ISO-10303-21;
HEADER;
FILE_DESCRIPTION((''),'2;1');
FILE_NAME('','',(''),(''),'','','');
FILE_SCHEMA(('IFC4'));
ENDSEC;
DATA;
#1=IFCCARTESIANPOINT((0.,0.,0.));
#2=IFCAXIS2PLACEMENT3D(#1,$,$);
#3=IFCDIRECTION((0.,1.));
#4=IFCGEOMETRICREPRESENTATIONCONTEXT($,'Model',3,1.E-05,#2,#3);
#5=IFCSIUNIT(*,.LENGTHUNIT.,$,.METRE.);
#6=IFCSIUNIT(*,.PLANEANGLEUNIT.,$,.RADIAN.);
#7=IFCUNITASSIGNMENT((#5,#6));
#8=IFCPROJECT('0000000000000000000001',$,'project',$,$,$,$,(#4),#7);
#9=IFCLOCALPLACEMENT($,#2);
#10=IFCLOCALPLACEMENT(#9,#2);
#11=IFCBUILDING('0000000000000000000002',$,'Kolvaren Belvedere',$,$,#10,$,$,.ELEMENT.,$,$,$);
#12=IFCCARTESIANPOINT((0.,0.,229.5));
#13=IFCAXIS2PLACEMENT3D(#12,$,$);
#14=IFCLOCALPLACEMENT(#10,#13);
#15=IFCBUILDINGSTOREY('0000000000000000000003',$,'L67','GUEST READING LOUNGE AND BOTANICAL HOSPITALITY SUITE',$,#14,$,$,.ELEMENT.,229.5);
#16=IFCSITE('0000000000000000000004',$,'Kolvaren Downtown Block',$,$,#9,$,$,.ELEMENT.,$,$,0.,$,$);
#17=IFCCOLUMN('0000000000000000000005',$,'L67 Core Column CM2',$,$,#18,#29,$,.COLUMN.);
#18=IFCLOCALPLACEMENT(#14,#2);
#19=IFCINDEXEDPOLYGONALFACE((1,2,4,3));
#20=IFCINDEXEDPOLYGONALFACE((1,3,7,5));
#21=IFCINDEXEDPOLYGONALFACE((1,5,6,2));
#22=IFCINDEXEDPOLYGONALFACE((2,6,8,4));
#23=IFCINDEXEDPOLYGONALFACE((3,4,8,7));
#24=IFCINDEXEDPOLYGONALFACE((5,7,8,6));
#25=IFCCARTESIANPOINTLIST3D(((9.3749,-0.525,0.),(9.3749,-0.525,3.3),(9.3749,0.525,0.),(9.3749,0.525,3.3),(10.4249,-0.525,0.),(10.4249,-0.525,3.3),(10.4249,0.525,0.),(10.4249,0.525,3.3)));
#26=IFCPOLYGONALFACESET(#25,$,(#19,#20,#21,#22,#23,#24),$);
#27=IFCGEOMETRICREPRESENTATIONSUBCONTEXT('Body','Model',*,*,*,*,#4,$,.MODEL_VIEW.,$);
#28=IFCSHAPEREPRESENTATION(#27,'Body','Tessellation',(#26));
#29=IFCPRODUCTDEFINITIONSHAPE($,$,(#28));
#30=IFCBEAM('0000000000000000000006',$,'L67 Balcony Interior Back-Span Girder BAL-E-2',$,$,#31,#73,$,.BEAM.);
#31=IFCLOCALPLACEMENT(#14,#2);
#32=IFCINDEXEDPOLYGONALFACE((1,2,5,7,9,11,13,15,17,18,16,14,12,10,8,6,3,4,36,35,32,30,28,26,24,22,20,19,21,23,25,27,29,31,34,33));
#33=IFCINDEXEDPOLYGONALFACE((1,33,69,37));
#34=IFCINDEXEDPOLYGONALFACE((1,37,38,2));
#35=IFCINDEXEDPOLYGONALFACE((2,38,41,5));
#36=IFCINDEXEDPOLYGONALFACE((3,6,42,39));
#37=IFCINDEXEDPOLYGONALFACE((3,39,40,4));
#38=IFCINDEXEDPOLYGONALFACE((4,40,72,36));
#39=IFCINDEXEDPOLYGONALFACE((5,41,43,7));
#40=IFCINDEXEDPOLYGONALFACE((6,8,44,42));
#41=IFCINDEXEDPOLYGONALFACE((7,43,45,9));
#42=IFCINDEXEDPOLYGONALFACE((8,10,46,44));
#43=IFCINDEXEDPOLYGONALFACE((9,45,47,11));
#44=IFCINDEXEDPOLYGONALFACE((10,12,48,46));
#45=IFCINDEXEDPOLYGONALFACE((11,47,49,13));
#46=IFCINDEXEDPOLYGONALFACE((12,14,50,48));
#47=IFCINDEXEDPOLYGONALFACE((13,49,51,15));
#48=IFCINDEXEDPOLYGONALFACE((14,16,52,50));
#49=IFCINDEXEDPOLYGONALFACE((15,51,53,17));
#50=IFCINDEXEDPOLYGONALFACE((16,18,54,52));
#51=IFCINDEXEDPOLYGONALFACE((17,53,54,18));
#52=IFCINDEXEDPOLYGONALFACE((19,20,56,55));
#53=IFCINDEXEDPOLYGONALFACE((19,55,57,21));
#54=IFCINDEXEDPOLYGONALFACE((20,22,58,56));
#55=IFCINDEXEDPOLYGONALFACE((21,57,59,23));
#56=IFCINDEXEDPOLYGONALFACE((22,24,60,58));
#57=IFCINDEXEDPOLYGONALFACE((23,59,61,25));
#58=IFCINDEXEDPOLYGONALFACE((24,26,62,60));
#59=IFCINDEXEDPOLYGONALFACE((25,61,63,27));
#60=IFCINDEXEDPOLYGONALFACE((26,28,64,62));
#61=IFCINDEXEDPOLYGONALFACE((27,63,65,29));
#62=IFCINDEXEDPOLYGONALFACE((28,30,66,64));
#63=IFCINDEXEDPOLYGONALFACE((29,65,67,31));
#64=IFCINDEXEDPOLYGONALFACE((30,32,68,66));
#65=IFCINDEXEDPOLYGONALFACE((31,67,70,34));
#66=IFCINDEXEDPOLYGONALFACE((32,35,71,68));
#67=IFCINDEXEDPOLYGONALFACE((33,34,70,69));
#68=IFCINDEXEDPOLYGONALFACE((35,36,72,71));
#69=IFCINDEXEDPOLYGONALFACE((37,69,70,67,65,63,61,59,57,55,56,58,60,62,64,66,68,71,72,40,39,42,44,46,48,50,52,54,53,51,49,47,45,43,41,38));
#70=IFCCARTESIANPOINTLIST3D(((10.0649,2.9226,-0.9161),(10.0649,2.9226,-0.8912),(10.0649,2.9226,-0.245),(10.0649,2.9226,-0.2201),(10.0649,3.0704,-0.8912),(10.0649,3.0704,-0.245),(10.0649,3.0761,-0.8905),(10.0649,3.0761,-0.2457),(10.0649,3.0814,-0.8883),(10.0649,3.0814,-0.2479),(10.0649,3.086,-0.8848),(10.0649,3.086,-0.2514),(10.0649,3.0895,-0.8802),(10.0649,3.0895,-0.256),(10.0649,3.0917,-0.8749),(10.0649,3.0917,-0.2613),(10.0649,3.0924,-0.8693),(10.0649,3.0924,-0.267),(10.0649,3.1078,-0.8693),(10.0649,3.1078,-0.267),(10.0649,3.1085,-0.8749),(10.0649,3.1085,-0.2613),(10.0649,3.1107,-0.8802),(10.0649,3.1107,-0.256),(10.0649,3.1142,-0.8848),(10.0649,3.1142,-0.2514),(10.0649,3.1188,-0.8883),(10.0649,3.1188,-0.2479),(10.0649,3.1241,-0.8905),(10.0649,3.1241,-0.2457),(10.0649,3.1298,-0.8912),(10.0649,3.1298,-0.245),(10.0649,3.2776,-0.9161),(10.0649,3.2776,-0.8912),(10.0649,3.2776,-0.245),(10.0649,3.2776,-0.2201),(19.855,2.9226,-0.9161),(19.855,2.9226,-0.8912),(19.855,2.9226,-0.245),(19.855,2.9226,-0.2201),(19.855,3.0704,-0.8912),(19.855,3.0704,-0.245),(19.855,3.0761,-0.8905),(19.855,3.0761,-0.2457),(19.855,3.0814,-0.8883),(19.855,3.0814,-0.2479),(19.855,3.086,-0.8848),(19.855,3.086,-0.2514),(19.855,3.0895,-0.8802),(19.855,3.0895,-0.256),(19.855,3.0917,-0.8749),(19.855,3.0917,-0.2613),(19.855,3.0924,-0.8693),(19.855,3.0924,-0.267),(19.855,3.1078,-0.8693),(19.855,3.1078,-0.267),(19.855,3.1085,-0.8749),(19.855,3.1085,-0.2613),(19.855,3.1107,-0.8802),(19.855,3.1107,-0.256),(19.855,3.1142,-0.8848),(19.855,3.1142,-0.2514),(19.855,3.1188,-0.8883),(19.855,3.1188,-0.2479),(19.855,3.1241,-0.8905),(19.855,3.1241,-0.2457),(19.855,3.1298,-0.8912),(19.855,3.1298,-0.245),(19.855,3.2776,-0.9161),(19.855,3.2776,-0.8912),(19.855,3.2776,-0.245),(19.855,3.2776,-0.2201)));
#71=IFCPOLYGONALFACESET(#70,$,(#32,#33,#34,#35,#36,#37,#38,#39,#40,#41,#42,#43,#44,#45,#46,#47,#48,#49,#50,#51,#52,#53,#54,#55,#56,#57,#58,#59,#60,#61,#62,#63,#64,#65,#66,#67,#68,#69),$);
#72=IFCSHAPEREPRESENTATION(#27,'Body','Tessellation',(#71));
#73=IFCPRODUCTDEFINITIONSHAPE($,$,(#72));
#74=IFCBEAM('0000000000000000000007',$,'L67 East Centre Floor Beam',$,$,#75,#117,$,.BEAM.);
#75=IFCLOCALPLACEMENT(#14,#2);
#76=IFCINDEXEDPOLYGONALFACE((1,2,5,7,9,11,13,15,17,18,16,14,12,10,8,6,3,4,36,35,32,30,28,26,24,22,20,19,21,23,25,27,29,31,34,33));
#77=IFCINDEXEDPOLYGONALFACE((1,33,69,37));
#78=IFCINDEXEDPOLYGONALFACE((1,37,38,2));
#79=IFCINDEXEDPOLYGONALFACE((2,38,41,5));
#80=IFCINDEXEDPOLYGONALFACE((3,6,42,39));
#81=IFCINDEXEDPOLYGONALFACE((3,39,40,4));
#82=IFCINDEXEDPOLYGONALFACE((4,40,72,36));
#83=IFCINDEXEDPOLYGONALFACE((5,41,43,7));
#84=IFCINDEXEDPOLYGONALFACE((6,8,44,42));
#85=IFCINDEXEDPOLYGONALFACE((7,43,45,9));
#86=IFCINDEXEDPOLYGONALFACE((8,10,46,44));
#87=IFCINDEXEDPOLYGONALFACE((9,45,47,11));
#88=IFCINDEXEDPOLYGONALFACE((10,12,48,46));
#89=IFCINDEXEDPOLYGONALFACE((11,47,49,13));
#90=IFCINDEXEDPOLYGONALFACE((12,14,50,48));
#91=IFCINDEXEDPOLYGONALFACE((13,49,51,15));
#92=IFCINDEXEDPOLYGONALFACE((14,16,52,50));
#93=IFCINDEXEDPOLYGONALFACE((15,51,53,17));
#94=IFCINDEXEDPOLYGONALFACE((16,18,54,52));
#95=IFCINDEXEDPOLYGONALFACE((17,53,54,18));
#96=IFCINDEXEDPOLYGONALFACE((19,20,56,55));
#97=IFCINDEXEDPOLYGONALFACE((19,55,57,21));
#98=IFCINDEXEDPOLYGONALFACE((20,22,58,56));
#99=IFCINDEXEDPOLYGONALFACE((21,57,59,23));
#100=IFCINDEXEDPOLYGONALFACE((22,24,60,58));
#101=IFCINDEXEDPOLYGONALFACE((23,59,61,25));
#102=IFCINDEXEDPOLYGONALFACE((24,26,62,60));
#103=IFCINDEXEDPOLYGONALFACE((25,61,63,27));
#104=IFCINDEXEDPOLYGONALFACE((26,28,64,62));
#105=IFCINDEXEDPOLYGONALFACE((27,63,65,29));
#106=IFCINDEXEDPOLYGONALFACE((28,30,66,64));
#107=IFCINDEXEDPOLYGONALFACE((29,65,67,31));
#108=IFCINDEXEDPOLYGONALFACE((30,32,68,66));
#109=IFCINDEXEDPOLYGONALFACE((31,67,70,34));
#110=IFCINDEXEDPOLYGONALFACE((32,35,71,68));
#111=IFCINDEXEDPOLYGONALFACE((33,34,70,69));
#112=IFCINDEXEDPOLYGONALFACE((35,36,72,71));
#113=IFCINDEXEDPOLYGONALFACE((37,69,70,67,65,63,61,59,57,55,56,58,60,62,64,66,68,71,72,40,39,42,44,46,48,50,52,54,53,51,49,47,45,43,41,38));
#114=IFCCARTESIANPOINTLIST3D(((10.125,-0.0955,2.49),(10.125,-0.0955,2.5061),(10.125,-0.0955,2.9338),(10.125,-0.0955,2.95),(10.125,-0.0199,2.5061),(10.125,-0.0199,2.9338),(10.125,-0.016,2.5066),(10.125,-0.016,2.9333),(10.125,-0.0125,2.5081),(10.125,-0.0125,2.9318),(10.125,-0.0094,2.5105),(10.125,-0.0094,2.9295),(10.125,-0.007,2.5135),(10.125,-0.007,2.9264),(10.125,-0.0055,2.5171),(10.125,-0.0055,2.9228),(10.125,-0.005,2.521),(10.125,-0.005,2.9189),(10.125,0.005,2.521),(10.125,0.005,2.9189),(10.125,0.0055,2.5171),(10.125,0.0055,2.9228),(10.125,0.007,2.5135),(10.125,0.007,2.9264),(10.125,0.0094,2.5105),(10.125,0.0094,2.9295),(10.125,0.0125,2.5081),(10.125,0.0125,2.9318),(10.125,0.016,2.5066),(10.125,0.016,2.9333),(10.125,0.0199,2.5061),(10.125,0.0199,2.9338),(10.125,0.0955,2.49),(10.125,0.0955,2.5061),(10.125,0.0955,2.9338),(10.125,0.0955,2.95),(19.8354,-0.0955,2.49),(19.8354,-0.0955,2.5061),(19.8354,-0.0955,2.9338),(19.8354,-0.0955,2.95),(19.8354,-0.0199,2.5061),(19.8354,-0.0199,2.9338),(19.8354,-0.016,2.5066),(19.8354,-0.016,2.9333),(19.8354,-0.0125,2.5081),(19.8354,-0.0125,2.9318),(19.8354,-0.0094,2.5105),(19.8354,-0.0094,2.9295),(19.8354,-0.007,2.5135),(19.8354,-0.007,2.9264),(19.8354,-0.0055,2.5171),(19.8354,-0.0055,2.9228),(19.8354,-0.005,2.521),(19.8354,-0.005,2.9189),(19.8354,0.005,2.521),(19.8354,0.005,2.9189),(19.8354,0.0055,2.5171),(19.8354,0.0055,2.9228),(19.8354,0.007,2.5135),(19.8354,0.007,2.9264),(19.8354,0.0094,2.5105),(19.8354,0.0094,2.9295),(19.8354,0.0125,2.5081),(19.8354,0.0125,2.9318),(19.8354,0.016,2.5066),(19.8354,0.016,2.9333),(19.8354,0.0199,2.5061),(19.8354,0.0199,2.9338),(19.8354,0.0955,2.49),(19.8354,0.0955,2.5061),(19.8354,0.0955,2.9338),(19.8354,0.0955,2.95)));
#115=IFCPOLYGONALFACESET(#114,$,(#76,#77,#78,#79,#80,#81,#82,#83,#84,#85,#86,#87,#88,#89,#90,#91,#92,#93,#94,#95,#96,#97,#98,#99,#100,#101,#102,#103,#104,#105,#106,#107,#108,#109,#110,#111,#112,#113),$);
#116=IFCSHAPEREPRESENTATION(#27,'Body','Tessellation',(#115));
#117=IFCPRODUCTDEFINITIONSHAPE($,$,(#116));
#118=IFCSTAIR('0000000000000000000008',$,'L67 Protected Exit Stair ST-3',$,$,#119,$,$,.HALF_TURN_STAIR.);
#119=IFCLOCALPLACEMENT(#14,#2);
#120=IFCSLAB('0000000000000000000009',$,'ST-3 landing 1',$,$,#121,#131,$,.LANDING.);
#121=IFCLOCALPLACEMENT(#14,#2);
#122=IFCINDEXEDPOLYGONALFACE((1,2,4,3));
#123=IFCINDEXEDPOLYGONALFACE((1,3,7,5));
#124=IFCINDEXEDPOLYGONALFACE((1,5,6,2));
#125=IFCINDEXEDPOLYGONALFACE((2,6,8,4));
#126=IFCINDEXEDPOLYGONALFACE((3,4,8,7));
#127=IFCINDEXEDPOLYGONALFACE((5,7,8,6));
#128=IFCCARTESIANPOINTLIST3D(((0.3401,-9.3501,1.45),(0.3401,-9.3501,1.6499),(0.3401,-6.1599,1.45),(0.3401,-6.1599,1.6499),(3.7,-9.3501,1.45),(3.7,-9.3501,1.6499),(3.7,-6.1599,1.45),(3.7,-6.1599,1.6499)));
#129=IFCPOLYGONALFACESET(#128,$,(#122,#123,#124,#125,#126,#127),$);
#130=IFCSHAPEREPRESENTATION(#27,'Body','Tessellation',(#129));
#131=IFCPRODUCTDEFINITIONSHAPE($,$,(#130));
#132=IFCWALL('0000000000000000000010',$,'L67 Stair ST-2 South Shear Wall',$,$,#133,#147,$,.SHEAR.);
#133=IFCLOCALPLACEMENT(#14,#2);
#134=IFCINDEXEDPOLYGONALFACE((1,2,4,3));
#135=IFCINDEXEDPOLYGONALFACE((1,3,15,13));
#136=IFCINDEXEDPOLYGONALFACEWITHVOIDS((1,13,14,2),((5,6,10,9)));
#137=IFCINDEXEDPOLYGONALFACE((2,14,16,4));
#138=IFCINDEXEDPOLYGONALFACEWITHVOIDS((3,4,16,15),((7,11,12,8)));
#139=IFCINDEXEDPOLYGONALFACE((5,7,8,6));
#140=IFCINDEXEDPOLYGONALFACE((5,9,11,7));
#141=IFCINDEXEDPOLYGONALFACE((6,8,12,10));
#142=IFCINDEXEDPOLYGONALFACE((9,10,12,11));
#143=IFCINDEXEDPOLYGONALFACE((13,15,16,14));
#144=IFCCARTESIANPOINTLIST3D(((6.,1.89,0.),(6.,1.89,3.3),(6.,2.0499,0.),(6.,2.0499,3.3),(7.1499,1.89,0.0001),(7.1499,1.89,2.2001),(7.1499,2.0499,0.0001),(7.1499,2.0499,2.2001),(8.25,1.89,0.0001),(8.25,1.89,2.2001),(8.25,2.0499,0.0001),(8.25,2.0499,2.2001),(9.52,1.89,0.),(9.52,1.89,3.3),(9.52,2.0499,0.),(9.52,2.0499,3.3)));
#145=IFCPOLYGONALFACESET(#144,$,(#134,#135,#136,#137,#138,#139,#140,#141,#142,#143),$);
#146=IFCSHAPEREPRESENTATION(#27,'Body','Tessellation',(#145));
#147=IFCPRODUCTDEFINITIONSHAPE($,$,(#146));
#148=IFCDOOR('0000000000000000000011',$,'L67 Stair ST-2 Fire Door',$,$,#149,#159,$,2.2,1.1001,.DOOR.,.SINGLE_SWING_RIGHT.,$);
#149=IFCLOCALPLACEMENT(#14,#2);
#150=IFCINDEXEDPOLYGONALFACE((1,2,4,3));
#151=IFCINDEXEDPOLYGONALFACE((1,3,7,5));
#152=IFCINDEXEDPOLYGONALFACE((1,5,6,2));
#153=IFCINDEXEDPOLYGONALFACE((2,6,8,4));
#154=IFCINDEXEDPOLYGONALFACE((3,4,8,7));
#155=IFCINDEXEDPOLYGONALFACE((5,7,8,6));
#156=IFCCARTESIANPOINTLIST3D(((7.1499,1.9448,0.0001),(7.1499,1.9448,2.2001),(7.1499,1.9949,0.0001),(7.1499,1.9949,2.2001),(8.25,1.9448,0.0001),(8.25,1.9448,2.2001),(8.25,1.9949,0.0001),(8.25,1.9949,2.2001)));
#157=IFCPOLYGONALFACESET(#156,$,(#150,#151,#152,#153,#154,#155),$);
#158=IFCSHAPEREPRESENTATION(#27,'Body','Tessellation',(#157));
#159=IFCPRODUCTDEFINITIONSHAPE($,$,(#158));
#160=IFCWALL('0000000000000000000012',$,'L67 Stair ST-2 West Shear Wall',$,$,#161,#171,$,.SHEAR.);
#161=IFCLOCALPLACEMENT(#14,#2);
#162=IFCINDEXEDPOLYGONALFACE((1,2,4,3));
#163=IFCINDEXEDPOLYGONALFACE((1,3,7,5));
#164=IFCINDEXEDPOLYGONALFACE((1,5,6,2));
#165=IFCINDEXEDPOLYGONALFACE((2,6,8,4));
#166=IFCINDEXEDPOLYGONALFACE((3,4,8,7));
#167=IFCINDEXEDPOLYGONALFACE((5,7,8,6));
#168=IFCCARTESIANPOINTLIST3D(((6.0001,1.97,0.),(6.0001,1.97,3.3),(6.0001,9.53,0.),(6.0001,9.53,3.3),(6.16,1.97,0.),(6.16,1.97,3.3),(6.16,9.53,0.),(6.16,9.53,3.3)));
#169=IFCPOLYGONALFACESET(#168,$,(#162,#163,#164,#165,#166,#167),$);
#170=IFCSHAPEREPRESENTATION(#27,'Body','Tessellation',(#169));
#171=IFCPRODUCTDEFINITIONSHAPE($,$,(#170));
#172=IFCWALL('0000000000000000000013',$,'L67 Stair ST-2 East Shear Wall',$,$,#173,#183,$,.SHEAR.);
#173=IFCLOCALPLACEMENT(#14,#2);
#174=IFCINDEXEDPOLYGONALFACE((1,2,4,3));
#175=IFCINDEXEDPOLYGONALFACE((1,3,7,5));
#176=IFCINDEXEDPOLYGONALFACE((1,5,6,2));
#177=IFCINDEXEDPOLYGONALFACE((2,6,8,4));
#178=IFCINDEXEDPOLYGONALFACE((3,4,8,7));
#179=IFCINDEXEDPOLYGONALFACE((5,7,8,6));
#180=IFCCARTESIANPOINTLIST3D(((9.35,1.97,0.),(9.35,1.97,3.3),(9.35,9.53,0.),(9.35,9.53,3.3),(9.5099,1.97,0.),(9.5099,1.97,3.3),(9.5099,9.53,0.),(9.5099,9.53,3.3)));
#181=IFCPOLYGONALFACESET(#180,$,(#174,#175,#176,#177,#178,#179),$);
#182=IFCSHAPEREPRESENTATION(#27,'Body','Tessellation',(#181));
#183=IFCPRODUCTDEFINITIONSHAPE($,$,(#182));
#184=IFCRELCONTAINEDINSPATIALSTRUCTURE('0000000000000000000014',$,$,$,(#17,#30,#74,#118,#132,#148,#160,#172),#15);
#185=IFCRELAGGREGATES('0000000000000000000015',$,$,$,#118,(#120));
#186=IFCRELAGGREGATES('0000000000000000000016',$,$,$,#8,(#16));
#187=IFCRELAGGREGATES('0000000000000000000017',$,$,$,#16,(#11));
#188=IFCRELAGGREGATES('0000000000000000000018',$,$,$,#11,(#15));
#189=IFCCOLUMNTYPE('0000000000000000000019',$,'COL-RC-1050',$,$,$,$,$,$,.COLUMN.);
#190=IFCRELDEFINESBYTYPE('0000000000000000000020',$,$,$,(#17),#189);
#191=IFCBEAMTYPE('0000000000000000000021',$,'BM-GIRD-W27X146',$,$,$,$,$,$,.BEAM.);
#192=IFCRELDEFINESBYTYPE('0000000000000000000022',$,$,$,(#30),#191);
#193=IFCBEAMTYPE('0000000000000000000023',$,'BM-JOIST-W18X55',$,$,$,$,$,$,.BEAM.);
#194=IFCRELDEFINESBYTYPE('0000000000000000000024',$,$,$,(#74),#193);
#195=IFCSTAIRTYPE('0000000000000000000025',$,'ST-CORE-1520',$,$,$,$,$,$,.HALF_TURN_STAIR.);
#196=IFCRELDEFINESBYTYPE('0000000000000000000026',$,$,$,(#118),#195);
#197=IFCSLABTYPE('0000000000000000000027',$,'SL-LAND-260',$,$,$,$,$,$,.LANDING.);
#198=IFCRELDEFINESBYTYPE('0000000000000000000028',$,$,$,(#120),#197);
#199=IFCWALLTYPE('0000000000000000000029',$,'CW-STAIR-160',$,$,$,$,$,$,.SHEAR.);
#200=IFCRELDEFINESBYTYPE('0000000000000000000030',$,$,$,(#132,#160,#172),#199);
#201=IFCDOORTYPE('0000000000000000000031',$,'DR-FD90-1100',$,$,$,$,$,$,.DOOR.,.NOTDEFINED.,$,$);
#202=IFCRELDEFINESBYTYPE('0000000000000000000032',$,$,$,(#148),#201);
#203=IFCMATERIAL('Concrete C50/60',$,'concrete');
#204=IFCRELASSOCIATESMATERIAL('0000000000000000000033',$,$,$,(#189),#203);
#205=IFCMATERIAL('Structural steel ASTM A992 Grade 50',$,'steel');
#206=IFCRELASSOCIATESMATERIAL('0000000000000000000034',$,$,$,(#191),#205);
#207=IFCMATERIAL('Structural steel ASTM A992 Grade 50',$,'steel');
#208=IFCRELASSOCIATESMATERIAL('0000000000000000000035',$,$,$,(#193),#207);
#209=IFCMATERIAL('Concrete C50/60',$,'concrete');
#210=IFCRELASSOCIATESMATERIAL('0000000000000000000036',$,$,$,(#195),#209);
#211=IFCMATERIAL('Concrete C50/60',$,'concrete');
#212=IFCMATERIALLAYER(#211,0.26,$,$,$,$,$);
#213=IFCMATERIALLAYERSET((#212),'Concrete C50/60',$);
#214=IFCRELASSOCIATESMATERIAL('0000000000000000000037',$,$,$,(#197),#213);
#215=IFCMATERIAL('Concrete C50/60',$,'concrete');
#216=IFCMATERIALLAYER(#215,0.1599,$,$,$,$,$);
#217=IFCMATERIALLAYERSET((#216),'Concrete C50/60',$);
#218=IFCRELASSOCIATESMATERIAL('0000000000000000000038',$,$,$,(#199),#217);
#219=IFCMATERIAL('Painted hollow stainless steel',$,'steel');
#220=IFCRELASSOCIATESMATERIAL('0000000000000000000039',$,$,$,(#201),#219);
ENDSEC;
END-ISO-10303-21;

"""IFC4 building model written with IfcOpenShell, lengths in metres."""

from ifc_helpers import new_model, si_unit, direction, frame, frame_2d, origin, origin_2d, place, context, subcontext, project, spatial, polyline, rectangle, i_section, outline, extrude, material, layer, layer_set, material_profile, profile_set, type_object, element, fill, aggregate, save


model = new_model("IFC4")

# Units and contexts
model_context = context("Model", 3, precision=1e-05, world=origin(), true_north=direction((0.0, 1.0)))
body_context = subcontext(model_context, "Body", "Model", "MODEL_VIEW")
ifc_project = project(units=[si_unit("LENGTHUNIT", "METRE"), si_unit("PLANEANGLEUNIT", "RADIAN")], contexts=[model_context])

# Site, building, storey
site_placement = place(None, origin())
site = spatial("IfcSite", under=ifc_project, at=site_placement, Name="Kolvaren Downtown Block", CompositionType="ELEMENT", RefElevation=0.0)
building_placement = place(site_placement, origin())
building = spatial("IfcBuilding", under=site, at=building_placement, Name="Kolvaren Belvedere", CompositionType="ELEMENT")
storey_placement = place(building_placement, frame((0.0, 0.0, 229.5)))
storey = spatial("IfcBuildingStorey", under=building, at=storey_placement, Name="L67", Description="GUEST READING LOUNGE AND BOTANICAL HOSPITALITY SUITE", CompositionType="ELEMENT", Elevation=229.5)

# Column
ifc_material_1 = material(Name="Concrete C50/60", Category="concrete")
ifc_material_profile_1 = material_profile(ifc_material_1, rectangle(XDim=1.05, YDim=1.05, at=origin_2d()), Name="RC 1050X1050")
ifc_profile_set_1 = profile_set([ifc_material_profile_1], Name="Concrete C50/60")
column_type = type_object("IfcColumnType", Name="COL-RC-1050", PredefinedType="COLUMN", material=ifc_profile_set_1)
column_placement = place(storey_placement, frame((9.8999, 0.0, 0.0), z_axis=(0.0, 0.0, 1.0), x_axis=(1.0, 0.0, 0.0)))
element("IfcColumn", 1, at=column_placement, inside=storey, type_object=column_type, Name="L67 Core Column CM2", PredefinedType="COLUMN", context=body_context, shape_type="SweptSolid", body=[
    extrude(rectangle(XDim=1.05, YDim=1.05, at=origin_2d()), origin(), (0.0, 0.0, 1.0), 3.3),
])

# Beams
ifc_material_2 = material(Name="Structural steel ASTM A992 Grade 50", Category="steel")
ifc_material_profile_2 = material_profile(ifc_material_2, i_section(OverallWidth=0.355, OverallDepth=0.696, WebThickness=0.0154, FlangeThickness=0.0249, FilletRadius=0.022, at=origin_2d()), Name="W27X146")
ifc_profile_set_2 = profile_set([ifc_material_profile_2], Name="Structural steel ASTM A992 Grade 50")
beam_type_1 = type_object("IfcBeamType", Name="BM-GIRD-W27X146", PredefinedType="BEAM", material=ifc_profile_set_2)
beam_1_placement = place(storey_placement, frame((10.0649, 3.1001, -0.5681), z_axis=(1.0, 0.0, 0.0), x_axis=(0.0, 1.0, 0.0)))
element("IfcBeam", 2, at=beam_1_placement, inside=storey, type_object=beam_type_1, Name="L67 Balcony Interior Back-Span Girder BAL-E-2", PredefinedType="BEAM", context=body_context, shape_type="SweptSolid", body=[
    extrude(i_section(OverallWidth=0.355, OverallDepth=0.696, WebThickness=0.0154, FlangeThickness=0.0249, FilletRadius=0.022, at=origin_2d()), origin(), (0.0, 0.0, 1.0), 9.79),
])
ifc_material_3 = material(Name="Structural steel ASTM A992 Grade 50", Category="steel")
ifc_material_profile_3 = material_profile(ifc_material_3, i_section(OverallWidth=0.1909, OverallDepth=0.46, WebThickness=0.01, FlangeThickness=0.0161, FilletRadius=0.0149, at=origin_2d()), Name="W18X55")
ifc_profile_set_3 = profile_set([ifc_material_profile_3], Name="Structural steel ASTM A992 Grade 50")
beam_type_2 = type_object("IfcBeamType", Name="BM-JOIST-W18X55", PredefinedType="BEAM", material=ifc_profile_set_3)
beam_2_placement = place(storey_placement, frame((10.125, 0.0, 2.72), z_axis=(1.0, 0.0, 0.0), x_axis=(0.0, 1.0, 0.0)))
element("IfcBeam", 3, at=beam_2_placement, inside=storey, type_object=beam_type_2, Name="L67 East Centre Floor Beam", PredefinedType="BEAM", context=body_context, shape_type="SweptSolid", body=[
    extrude(i_section(OverallWidth=0.1909, OverallDepth=0.46, WebThickness=0.01, FlangeThickness=0.0161, FilletRadius=0.0149, at=origin_2d()), origin(), (0.0, 0.0, 1.0), 9.7104),
])

# Stair, slab
ifc_material_4 = material(Name="Concrete C50/60", Category="concrete")
stair_type = type_object("IfcStairType", Name="ST-CORE-1520", PredefinedType="HALF_TURN_STAIR", material=ifc_material_4)
stair_1_placement = place(storey_placement, origin())
stair_1 = element("IfcStair", 4, at=stair_1_placement, inside=storey, type_object=stair_type, Name="L67 Protected Exit Stair ST-3", PredefinedType="HALF_TURN_STAIR")
ifc_material_5 = material(Name="Concrete C50/60", Category="concrete")
ifc_layer_1 = layer(ifc_material_5, 0.26)
ifc_layer_set_1 = layer_set([ifc_layer_1], Name="Concrete C50/60")
slab_type = type_object("IfcSlabType", Name="SL-LAND-260", PredefinedType="LANDING", material=ifc_layer_set_1)
slab_placement = place(storey_placement, frame((0.0, 0.0, 1.45)))
slab = element("IfcSlab", 5, at=slab_placement, type_object=slab_type, Name="ST-3 landing 1", PredefinedType="LANDING", context=body_context, shape_type="SweptSolid", body=[
    extrude(outline(polyline([(0.3401, -9.3501), (3.7, -9.3501), (3.7, -6.1599), (0.3401, -6.1599), (0.3401, -9.3501)])), origin(), (0.0, 0.0, 1.0), 0.2),
])
aggregate(stair_1, [slab])

# Wall, opening, door
ifc_material_6 = material(Name="Concrete C50/60", Category="concrete")
ifc_layer_2 = layer(ifc_material_6, 0.1599)
ifc_layer_set_2 = layer_set([ifc_layer_2], Name="Concrete C50/60")
wall_type_1 = type_object("IfcWallType", Name="CW-STAIR-160", PredefinedType="SHEAR", material=ifc_layer_set_2)
wall_1_placement = place(storey_placement, frame((6.0, 1.97, 0.0), z_axis=(0.0, 0.0, 1.0), x_axis=(1.0, 0.0, 0.0)))
wall_1 = element("IfcWall", 6, at=wall_1_placement, inside=storey, type_object=wall_type_1, Name="L67 Stair ST-2 South Shear Wall", PredefinedType="SHEAR", context=body_context, shape_type="SweptSolid", body=[
    extrude(rectangle(XDim=3.52, YDim=0.1599, at=frame_2d((1.76, 0.0))), origin(), (0.0, 0.0, 1.0), 3.3),
])
opening_1_placement = place(wall_1_placement, frame((1.1499, 0.0, 0.0)))
opening_1 = element("IfcOpeningElement", 7, at=opening_1_placement, cuts=wall_1, PredefinedType="OPENING", context=body_context, shape_type="SweptSolid", body=[
    extrude(rectangle(XDim=1.1001, YDim=2.2, at=frame_2d((0.55, 1.1001))), frame((0.0, 0.0898, 0.0), z_axis=(0.0, -1.0, 0.0), x_axis=(1.0, 0.0, 0.0)), (0.0, 0.0, 1.0), 0.1799),
])
ifc_material_7 = material(Name="Painted hollow stainless steel", Category="steel")
door_type_1 = type_object("IfcDoorType", Name="DR-FD90-1100", OperationType="NOTDEFINED", PredefinedType="DOOR", material=ifc_material_7)
door_1_placement = place(opening_1_placement, origin())
door_1 = element("IfcDoor", 8, at=door_1_placement, inside=storey, type_object=door_type_1, Name="L67 Stair ST-2 Fire Door", OperationType="SINGLE_SWING_RIGHT", OverallHeight=2.2, OverallWidth=1.1001, PredefinedType="DOOR", context=body_context, shape_type="SweptSolid", body=[
    extrude(rectangle(XDim=1.1001, YDim=2.2, at=frame_2d((0.55, 1.1001))), frame((0.0, 0.0249, 0.0), z_axis=(0.0, -1.0, 0.0), x_axis=(1.0, 0.0, 0.0)), (0.0, 0.0, 1.0), 0.05),
])
fill(opening_1, door_1)

# Walls
for number, where, z_axis, x_axis, name in (
    (9, (6.0801, 1.97, 0.0), (0.0, 0.0, 1.0), (0.0, 1.0, 0.0), "L67 Stair ST-2 West Shear Wall"),
    (10, (9.4299, 1.97, 0.0), (0.0, 0.0, 1.0), (0.0, 1.0, 0.0), "L67 Stair ST-2 East Shear Wall"),
):
    element("IfcWall", number, at=place(storey_placement, frame(where, z_axis=z_axis, x_axis=x_axis)), inside=storey, type_object=wall_type_1, Name=name, PredefinedType="SHEAR", context=body_context, shape_type="SweptSolid", body=[
        extrude(rectangle(XDim=7.5601, YDim=0.1599, at=frame_2d((3.78, 0.0))), origin(), (0.0, 0.0, 1.0), 3.3),
    ])

save(model, "model.ifc")
